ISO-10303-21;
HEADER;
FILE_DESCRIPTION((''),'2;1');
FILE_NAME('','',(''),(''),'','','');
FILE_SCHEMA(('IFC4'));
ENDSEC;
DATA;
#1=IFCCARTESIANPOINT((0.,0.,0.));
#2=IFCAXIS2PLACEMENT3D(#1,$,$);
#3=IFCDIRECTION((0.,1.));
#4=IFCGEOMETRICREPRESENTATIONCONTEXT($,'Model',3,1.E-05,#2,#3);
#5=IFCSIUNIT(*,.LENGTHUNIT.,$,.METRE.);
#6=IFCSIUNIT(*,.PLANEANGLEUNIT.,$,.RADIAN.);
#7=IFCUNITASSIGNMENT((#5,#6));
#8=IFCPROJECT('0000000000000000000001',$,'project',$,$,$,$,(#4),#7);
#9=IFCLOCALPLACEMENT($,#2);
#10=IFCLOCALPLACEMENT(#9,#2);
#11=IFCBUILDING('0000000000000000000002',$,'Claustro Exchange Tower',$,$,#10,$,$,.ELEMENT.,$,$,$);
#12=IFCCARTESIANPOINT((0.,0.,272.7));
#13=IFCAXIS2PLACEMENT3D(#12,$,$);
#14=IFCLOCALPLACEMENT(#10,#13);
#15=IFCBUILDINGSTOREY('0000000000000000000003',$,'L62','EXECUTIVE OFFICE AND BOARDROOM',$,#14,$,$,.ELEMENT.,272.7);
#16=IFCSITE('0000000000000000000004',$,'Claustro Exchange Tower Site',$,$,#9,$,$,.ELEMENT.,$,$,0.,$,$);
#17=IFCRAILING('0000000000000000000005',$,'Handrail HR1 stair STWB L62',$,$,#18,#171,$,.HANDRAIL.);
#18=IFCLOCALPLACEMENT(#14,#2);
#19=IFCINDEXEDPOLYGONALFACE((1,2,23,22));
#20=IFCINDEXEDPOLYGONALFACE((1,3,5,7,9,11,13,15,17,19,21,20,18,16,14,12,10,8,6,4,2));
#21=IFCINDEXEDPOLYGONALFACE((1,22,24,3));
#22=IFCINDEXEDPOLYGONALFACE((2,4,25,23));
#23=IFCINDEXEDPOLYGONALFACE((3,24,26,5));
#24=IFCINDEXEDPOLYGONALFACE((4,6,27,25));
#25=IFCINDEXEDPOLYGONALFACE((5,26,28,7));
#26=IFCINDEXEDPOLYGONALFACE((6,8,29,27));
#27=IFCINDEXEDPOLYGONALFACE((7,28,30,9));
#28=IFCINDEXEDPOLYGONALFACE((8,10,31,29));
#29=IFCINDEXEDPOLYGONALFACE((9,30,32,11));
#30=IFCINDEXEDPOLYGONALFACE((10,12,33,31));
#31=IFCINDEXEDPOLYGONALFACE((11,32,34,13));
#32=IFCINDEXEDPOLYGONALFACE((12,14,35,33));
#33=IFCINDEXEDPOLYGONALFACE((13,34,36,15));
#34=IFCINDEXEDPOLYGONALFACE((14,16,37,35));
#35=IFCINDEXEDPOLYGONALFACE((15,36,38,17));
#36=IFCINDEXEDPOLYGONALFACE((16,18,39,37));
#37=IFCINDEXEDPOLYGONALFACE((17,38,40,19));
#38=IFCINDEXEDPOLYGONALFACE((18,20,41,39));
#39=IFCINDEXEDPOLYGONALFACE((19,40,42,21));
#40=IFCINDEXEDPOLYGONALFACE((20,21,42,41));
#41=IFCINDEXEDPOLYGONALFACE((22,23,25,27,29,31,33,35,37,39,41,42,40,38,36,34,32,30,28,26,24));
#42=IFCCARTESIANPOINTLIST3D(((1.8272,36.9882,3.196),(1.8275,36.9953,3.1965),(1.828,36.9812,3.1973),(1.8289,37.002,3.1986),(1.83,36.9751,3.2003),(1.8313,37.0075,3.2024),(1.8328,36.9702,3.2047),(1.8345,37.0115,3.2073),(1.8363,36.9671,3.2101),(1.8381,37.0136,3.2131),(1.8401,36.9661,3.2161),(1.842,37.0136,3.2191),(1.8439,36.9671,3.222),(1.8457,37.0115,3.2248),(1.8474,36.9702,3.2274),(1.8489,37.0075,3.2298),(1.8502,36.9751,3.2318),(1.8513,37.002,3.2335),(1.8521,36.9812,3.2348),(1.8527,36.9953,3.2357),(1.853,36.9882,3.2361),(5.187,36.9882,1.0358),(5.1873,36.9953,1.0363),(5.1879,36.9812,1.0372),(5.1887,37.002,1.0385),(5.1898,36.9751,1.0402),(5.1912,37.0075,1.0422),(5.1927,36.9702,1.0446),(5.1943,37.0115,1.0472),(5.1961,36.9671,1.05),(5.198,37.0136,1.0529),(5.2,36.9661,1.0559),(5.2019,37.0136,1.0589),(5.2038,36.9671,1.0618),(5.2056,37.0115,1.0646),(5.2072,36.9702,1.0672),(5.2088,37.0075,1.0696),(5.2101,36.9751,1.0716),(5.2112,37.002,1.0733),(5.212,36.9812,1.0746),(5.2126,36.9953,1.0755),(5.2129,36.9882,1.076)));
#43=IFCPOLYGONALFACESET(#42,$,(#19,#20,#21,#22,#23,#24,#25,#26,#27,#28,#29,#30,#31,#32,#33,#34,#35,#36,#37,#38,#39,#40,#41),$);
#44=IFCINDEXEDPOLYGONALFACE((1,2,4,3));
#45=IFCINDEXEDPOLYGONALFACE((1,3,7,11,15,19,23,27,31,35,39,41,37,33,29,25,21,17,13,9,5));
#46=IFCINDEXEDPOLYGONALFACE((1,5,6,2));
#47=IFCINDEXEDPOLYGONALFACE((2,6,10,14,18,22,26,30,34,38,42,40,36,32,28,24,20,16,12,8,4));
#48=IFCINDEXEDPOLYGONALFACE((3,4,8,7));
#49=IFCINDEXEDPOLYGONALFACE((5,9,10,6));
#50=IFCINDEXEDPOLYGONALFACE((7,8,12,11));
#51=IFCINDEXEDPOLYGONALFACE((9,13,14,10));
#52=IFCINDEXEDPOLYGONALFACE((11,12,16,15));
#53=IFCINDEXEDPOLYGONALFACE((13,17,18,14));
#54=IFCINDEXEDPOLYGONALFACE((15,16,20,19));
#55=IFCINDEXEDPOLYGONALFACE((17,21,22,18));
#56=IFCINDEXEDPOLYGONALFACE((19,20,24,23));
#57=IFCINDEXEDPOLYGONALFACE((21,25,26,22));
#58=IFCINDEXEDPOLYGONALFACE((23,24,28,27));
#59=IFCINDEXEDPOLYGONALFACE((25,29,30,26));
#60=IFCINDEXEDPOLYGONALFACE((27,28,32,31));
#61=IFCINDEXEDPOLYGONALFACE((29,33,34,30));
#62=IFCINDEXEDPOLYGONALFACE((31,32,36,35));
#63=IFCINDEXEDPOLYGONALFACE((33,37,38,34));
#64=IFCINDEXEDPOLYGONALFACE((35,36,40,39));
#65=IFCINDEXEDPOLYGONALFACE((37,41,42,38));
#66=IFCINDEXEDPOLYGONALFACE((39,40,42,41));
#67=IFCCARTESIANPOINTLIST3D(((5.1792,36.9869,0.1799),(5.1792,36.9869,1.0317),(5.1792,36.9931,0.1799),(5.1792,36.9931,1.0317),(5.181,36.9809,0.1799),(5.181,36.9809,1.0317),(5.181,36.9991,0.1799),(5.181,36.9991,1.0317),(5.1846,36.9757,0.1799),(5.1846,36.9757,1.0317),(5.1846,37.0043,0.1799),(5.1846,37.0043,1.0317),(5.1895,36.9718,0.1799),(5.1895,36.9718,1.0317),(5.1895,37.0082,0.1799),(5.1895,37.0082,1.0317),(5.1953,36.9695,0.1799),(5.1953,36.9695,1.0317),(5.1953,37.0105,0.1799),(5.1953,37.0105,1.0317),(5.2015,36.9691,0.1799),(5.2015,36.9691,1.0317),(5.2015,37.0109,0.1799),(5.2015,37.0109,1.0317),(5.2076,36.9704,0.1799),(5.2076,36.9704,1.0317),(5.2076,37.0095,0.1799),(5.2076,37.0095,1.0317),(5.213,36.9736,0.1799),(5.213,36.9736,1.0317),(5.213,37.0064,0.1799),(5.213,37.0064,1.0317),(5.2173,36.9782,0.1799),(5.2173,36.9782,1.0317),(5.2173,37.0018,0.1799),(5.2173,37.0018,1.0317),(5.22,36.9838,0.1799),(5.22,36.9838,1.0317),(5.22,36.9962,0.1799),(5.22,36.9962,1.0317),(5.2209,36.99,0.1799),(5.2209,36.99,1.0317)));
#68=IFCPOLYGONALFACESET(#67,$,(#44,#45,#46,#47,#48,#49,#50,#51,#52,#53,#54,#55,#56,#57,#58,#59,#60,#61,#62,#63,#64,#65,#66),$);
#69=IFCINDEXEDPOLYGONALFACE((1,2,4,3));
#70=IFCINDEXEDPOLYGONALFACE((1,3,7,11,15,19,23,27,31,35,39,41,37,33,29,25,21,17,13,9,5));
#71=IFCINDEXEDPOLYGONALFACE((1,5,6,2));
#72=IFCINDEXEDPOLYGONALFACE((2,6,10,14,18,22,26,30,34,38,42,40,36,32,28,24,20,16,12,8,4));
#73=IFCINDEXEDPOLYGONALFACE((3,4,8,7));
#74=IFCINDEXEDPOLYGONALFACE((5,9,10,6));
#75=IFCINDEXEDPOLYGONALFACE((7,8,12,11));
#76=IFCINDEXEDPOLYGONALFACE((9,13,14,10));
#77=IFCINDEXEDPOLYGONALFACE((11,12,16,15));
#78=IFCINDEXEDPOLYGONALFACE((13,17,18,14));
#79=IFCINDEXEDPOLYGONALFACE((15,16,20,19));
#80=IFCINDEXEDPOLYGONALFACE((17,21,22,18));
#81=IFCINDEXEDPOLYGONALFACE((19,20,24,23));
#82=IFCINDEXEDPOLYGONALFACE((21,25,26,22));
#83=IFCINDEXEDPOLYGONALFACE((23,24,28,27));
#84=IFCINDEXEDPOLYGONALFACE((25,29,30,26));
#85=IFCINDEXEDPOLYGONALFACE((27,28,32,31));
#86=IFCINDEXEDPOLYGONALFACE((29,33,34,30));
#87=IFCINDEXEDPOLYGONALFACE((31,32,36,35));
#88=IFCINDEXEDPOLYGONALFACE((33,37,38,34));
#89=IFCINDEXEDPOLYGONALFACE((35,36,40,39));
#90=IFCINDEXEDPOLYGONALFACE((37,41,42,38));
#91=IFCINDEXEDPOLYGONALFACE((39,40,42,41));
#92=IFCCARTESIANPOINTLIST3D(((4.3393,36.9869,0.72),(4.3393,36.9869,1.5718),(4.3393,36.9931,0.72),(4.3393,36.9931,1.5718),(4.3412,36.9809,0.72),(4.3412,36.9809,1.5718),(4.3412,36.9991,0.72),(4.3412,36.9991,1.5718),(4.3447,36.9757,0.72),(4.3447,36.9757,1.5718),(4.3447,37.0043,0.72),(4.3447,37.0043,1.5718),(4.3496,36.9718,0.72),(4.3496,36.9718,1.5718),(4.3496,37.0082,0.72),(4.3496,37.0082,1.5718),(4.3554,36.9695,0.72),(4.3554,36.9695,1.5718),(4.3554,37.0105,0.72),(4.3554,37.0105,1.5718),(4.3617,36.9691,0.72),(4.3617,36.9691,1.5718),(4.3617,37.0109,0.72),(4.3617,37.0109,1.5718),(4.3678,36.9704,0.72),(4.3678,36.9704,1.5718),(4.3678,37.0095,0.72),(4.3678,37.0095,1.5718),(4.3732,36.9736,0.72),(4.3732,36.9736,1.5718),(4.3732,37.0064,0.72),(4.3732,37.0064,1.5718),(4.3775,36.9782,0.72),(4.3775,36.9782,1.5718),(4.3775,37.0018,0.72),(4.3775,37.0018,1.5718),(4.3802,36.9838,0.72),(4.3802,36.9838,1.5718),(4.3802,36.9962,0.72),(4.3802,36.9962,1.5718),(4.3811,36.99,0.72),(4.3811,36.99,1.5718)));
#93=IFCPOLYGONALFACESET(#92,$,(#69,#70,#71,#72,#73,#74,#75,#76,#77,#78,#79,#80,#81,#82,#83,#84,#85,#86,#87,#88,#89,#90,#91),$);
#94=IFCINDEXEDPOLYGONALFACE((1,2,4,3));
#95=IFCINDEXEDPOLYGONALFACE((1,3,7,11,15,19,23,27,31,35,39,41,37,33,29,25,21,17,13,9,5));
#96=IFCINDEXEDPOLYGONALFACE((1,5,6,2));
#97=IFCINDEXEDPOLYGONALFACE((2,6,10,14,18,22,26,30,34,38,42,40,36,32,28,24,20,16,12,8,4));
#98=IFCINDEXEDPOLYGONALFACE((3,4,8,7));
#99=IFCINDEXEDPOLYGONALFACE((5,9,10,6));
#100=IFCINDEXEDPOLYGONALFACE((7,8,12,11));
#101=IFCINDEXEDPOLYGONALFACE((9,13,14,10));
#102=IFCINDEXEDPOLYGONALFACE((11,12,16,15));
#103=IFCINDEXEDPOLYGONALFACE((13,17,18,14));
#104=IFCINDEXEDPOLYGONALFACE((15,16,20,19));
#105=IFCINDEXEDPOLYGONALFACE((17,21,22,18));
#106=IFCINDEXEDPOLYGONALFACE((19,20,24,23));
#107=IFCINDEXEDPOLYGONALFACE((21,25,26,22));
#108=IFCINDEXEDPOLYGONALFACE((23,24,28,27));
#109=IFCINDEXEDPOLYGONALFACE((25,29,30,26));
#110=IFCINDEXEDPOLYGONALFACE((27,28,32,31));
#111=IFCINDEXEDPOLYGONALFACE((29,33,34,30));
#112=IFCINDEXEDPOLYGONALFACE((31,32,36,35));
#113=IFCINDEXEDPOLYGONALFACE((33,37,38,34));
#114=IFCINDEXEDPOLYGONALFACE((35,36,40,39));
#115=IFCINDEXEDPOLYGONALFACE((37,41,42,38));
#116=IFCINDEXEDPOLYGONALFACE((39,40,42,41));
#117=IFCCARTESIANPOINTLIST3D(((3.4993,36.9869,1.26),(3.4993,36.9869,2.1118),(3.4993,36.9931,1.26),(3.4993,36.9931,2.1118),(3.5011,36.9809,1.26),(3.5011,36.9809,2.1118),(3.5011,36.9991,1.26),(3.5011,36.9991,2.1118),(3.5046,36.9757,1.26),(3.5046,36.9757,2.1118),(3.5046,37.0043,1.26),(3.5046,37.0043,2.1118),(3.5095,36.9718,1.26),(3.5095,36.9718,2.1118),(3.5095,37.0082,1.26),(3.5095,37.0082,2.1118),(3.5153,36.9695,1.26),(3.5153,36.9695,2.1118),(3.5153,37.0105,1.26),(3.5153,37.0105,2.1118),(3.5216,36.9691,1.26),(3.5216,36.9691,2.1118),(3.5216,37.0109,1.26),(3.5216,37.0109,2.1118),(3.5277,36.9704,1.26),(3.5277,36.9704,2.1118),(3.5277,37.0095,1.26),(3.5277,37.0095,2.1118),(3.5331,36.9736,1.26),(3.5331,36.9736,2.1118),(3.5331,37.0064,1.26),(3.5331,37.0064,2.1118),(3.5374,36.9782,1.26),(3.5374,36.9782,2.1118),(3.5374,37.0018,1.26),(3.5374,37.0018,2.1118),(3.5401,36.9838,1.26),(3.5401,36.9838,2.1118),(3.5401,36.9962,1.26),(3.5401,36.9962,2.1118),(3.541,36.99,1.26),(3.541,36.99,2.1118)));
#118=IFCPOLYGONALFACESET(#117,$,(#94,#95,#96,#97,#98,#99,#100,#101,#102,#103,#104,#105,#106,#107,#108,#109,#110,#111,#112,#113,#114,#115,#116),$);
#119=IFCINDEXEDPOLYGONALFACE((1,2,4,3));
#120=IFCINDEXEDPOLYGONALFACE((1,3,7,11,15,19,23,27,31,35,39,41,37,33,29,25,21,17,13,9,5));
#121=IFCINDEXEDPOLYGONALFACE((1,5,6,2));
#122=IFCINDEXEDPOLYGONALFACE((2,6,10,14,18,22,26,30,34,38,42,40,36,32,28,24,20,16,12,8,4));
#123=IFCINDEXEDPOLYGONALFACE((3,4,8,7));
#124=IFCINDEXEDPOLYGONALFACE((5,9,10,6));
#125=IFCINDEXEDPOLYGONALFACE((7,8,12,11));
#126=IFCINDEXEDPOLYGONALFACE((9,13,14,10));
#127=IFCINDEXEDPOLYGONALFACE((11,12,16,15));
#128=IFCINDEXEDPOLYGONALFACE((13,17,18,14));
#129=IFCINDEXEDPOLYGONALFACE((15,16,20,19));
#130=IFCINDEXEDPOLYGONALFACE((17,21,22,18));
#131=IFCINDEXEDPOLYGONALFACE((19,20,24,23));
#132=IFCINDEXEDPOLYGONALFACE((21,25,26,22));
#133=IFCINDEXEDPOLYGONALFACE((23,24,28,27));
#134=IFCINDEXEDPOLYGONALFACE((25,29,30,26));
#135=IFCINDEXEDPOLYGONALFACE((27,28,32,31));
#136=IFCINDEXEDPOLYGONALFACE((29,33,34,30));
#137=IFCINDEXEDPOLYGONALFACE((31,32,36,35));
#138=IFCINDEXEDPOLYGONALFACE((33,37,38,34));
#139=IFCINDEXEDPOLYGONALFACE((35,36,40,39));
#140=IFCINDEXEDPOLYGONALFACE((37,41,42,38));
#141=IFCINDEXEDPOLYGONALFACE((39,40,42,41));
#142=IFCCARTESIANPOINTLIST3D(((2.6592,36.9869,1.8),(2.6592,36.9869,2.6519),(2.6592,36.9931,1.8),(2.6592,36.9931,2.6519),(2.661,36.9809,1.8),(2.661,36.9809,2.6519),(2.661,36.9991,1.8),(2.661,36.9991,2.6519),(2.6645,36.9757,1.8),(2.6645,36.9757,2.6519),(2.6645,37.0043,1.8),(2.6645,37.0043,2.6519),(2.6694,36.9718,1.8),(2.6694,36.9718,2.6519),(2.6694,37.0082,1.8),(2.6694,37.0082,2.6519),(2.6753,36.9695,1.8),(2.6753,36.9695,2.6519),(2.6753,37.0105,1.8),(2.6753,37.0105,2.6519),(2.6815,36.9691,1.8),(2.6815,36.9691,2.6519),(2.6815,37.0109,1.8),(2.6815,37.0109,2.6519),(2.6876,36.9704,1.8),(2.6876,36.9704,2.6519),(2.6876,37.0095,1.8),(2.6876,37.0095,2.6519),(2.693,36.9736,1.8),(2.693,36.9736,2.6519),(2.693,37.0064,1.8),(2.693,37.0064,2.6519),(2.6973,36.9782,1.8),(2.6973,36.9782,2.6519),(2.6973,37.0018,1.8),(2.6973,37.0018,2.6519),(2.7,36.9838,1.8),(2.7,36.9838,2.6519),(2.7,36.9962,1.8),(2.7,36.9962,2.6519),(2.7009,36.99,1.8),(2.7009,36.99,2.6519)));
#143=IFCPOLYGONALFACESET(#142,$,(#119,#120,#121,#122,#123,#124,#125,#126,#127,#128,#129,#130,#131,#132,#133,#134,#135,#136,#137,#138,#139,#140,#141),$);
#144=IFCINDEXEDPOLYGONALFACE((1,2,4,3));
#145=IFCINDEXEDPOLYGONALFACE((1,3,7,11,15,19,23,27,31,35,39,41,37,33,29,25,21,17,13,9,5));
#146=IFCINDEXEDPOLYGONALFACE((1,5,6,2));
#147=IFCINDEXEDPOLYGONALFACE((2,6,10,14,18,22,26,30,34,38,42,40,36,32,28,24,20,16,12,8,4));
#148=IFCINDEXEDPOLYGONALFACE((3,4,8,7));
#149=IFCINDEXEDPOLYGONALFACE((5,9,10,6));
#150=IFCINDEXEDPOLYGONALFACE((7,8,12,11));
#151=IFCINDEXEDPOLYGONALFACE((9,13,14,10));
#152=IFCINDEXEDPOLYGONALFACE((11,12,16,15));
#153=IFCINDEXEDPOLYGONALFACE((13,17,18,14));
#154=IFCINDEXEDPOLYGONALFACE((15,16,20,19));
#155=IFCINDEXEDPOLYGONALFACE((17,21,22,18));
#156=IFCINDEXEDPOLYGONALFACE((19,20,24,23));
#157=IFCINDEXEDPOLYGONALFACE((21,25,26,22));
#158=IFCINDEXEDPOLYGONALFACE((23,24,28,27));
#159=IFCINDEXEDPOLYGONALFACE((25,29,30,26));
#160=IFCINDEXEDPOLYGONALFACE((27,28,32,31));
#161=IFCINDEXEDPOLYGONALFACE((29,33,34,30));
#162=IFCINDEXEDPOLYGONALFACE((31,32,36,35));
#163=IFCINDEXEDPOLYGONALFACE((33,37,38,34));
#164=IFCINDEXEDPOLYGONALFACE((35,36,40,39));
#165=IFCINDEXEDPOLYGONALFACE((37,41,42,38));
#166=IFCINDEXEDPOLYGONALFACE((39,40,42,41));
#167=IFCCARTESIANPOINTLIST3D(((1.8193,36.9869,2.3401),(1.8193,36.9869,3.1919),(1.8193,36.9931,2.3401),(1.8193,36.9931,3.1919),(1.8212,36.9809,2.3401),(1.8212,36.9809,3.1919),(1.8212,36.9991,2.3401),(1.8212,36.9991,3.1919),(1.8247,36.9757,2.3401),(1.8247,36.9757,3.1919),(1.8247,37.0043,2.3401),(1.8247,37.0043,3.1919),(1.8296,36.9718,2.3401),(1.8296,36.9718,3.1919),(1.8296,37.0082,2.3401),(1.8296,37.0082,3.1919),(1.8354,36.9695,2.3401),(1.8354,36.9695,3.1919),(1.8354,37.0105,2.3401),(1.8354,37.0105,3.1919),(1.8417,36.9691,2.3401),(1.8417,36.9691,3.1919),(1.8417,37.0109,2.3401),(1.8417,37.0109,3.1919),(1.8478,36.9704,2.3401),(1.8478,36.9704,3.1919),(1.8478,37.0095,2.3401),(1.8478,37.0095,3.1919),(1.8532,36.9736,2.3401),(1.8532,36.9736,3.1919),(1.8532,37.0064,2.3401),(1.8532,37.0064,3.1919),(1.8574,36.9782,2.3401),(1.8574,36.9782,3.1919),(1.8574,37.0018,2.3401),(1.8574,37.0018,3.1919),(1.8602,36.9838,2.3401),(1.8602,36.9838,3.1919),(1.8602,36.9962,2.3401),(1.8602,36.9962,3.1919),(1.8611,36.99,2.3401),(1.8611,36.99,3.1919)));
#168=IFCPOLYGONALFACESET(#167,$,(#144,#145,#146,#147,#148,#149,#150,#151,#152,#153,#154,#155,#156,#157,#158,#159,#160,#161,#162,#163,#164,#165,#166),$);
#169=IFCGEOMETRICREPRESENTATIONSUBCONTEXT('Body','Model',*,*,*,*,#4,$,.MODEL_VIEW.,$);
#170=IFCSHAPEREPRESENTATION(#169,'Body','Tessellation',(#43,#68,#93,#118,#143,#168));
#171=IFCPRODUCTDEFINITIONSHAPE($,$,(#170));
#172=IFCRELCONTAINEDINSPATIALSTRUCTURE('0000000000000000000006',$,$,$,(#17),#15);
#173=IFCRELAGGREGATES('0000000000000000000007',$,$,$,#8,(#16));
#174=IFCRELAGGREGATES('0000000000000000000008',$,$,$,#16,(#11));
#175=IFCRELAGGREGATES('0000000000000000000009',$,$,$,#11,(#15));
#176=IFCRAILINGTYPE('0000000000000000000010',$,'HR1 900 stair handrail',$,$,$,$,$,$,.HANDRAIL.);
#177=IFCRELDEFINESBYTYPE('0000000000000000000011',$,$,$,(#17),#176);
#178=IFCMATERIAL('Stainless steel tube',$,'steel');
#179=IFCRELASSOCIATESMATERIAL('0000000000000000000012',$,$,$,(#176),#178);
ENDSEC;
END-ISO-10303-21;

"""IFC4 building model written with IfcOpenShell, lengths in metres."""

from ifc_helpers import new_model, si_unit, direction, frame, origin, origin_2d, place, context, subcontext, project, spatial, circle, extrude, material, type_object, element, save


model = new_model("IFC4")

# Units and contexts
model_context = context("Model", 3, precision=1e-05, world=origin(), true_north=direction((0.0, 1.0)))
body_context = subcontext(model_context, "Body", "Model", "MODEL_VIEW")
ifc_project = project(units=[si_unit("LENGTHUNIT", "METRE"), si_unit("PLANEANGLEUNIT", "RADIAN")], contexts=[model_context])

# Site, building, storey
site_placement = place(None, origin())
site = spatial("IfcSite", under=ifc_project, at=site_placement, Name="Claustro Exchange Tower Site", CompositionType="ELEMENT", RefElevation=0.0)
building_placement = place(site_placement, origin())
building = spatial("IfcBuilding", under=site, at=building_placement, Name="Claustro Exchange Tower", CompositionType="ELEMENT")
storey_placement = place(building_placement, frame((0.0, 0.0, 272.7)))
storey = spatial("IfcBuildingStorey", under=building, at=storey_placement, Name="L62", Description="EXECUTIVE OFFICE AND BOARDROOM", CompositionType="ELEMENT", Elevation=272.7)

# Railing
ifc_material_1 = material(Name="Stainless steel tube", Category="steel")
railing_type_1 = type_object("IfcRailingType", Name="HR1 900 stair handrail", PredefinedType="HANDRAIL", material=ifc_material_1)
railing_1_placement = place(storey_placement, frame((5.2, 36.99, 0.1799)))
element("IfcRailing", 1, at=railing_1_placement, inside=storey, type_object=railing_type_1, Name="Handrail HR1 stair STWB L62", PredefinedType="HANDRAIL", context=body_context, shape_type="SweptSolid", body=[
    extrude(circle(Radius=0.0239, at=origin_2d()), frame((0.0, 0.0, 0.876), z_axis=(-0.841151, 0.0, 0.540801), x_axis=(0.0, -1.0, 0.0)), (0.0, 0.0, 1.0), 3.9944),
    extrude(circle(Radius=0.021, at=origin_2d()), origin(), (0.0, 0.0, 1.0), 0.8518),
    extrude(circle(Radius=0.021, at=origin_2d()), frame((-0.8398, 0.0, 0.54)), (0.0, 0.0, 1.0), 0.8518),
    extrude(circle(Radius=0.021, at=origin_2d()), frame((-1.6799, 0.0, 1.0801)), (0.0, 0.0, 1.0), 0.8518),
    extrude(circle(Radius=0.021, at=origin_2d()), frame((-2.52, 0.0, 1.6201)), (0.0, 0.0, 1.0), 0.8518),
    extrude(circle(Radius=0.021, at=origin_2d()), frame((-3.3599, 0.0, 2.1602)), (0.0, 0.0, 1.0), 0.8518),
])

save(model, "model.ifc")
